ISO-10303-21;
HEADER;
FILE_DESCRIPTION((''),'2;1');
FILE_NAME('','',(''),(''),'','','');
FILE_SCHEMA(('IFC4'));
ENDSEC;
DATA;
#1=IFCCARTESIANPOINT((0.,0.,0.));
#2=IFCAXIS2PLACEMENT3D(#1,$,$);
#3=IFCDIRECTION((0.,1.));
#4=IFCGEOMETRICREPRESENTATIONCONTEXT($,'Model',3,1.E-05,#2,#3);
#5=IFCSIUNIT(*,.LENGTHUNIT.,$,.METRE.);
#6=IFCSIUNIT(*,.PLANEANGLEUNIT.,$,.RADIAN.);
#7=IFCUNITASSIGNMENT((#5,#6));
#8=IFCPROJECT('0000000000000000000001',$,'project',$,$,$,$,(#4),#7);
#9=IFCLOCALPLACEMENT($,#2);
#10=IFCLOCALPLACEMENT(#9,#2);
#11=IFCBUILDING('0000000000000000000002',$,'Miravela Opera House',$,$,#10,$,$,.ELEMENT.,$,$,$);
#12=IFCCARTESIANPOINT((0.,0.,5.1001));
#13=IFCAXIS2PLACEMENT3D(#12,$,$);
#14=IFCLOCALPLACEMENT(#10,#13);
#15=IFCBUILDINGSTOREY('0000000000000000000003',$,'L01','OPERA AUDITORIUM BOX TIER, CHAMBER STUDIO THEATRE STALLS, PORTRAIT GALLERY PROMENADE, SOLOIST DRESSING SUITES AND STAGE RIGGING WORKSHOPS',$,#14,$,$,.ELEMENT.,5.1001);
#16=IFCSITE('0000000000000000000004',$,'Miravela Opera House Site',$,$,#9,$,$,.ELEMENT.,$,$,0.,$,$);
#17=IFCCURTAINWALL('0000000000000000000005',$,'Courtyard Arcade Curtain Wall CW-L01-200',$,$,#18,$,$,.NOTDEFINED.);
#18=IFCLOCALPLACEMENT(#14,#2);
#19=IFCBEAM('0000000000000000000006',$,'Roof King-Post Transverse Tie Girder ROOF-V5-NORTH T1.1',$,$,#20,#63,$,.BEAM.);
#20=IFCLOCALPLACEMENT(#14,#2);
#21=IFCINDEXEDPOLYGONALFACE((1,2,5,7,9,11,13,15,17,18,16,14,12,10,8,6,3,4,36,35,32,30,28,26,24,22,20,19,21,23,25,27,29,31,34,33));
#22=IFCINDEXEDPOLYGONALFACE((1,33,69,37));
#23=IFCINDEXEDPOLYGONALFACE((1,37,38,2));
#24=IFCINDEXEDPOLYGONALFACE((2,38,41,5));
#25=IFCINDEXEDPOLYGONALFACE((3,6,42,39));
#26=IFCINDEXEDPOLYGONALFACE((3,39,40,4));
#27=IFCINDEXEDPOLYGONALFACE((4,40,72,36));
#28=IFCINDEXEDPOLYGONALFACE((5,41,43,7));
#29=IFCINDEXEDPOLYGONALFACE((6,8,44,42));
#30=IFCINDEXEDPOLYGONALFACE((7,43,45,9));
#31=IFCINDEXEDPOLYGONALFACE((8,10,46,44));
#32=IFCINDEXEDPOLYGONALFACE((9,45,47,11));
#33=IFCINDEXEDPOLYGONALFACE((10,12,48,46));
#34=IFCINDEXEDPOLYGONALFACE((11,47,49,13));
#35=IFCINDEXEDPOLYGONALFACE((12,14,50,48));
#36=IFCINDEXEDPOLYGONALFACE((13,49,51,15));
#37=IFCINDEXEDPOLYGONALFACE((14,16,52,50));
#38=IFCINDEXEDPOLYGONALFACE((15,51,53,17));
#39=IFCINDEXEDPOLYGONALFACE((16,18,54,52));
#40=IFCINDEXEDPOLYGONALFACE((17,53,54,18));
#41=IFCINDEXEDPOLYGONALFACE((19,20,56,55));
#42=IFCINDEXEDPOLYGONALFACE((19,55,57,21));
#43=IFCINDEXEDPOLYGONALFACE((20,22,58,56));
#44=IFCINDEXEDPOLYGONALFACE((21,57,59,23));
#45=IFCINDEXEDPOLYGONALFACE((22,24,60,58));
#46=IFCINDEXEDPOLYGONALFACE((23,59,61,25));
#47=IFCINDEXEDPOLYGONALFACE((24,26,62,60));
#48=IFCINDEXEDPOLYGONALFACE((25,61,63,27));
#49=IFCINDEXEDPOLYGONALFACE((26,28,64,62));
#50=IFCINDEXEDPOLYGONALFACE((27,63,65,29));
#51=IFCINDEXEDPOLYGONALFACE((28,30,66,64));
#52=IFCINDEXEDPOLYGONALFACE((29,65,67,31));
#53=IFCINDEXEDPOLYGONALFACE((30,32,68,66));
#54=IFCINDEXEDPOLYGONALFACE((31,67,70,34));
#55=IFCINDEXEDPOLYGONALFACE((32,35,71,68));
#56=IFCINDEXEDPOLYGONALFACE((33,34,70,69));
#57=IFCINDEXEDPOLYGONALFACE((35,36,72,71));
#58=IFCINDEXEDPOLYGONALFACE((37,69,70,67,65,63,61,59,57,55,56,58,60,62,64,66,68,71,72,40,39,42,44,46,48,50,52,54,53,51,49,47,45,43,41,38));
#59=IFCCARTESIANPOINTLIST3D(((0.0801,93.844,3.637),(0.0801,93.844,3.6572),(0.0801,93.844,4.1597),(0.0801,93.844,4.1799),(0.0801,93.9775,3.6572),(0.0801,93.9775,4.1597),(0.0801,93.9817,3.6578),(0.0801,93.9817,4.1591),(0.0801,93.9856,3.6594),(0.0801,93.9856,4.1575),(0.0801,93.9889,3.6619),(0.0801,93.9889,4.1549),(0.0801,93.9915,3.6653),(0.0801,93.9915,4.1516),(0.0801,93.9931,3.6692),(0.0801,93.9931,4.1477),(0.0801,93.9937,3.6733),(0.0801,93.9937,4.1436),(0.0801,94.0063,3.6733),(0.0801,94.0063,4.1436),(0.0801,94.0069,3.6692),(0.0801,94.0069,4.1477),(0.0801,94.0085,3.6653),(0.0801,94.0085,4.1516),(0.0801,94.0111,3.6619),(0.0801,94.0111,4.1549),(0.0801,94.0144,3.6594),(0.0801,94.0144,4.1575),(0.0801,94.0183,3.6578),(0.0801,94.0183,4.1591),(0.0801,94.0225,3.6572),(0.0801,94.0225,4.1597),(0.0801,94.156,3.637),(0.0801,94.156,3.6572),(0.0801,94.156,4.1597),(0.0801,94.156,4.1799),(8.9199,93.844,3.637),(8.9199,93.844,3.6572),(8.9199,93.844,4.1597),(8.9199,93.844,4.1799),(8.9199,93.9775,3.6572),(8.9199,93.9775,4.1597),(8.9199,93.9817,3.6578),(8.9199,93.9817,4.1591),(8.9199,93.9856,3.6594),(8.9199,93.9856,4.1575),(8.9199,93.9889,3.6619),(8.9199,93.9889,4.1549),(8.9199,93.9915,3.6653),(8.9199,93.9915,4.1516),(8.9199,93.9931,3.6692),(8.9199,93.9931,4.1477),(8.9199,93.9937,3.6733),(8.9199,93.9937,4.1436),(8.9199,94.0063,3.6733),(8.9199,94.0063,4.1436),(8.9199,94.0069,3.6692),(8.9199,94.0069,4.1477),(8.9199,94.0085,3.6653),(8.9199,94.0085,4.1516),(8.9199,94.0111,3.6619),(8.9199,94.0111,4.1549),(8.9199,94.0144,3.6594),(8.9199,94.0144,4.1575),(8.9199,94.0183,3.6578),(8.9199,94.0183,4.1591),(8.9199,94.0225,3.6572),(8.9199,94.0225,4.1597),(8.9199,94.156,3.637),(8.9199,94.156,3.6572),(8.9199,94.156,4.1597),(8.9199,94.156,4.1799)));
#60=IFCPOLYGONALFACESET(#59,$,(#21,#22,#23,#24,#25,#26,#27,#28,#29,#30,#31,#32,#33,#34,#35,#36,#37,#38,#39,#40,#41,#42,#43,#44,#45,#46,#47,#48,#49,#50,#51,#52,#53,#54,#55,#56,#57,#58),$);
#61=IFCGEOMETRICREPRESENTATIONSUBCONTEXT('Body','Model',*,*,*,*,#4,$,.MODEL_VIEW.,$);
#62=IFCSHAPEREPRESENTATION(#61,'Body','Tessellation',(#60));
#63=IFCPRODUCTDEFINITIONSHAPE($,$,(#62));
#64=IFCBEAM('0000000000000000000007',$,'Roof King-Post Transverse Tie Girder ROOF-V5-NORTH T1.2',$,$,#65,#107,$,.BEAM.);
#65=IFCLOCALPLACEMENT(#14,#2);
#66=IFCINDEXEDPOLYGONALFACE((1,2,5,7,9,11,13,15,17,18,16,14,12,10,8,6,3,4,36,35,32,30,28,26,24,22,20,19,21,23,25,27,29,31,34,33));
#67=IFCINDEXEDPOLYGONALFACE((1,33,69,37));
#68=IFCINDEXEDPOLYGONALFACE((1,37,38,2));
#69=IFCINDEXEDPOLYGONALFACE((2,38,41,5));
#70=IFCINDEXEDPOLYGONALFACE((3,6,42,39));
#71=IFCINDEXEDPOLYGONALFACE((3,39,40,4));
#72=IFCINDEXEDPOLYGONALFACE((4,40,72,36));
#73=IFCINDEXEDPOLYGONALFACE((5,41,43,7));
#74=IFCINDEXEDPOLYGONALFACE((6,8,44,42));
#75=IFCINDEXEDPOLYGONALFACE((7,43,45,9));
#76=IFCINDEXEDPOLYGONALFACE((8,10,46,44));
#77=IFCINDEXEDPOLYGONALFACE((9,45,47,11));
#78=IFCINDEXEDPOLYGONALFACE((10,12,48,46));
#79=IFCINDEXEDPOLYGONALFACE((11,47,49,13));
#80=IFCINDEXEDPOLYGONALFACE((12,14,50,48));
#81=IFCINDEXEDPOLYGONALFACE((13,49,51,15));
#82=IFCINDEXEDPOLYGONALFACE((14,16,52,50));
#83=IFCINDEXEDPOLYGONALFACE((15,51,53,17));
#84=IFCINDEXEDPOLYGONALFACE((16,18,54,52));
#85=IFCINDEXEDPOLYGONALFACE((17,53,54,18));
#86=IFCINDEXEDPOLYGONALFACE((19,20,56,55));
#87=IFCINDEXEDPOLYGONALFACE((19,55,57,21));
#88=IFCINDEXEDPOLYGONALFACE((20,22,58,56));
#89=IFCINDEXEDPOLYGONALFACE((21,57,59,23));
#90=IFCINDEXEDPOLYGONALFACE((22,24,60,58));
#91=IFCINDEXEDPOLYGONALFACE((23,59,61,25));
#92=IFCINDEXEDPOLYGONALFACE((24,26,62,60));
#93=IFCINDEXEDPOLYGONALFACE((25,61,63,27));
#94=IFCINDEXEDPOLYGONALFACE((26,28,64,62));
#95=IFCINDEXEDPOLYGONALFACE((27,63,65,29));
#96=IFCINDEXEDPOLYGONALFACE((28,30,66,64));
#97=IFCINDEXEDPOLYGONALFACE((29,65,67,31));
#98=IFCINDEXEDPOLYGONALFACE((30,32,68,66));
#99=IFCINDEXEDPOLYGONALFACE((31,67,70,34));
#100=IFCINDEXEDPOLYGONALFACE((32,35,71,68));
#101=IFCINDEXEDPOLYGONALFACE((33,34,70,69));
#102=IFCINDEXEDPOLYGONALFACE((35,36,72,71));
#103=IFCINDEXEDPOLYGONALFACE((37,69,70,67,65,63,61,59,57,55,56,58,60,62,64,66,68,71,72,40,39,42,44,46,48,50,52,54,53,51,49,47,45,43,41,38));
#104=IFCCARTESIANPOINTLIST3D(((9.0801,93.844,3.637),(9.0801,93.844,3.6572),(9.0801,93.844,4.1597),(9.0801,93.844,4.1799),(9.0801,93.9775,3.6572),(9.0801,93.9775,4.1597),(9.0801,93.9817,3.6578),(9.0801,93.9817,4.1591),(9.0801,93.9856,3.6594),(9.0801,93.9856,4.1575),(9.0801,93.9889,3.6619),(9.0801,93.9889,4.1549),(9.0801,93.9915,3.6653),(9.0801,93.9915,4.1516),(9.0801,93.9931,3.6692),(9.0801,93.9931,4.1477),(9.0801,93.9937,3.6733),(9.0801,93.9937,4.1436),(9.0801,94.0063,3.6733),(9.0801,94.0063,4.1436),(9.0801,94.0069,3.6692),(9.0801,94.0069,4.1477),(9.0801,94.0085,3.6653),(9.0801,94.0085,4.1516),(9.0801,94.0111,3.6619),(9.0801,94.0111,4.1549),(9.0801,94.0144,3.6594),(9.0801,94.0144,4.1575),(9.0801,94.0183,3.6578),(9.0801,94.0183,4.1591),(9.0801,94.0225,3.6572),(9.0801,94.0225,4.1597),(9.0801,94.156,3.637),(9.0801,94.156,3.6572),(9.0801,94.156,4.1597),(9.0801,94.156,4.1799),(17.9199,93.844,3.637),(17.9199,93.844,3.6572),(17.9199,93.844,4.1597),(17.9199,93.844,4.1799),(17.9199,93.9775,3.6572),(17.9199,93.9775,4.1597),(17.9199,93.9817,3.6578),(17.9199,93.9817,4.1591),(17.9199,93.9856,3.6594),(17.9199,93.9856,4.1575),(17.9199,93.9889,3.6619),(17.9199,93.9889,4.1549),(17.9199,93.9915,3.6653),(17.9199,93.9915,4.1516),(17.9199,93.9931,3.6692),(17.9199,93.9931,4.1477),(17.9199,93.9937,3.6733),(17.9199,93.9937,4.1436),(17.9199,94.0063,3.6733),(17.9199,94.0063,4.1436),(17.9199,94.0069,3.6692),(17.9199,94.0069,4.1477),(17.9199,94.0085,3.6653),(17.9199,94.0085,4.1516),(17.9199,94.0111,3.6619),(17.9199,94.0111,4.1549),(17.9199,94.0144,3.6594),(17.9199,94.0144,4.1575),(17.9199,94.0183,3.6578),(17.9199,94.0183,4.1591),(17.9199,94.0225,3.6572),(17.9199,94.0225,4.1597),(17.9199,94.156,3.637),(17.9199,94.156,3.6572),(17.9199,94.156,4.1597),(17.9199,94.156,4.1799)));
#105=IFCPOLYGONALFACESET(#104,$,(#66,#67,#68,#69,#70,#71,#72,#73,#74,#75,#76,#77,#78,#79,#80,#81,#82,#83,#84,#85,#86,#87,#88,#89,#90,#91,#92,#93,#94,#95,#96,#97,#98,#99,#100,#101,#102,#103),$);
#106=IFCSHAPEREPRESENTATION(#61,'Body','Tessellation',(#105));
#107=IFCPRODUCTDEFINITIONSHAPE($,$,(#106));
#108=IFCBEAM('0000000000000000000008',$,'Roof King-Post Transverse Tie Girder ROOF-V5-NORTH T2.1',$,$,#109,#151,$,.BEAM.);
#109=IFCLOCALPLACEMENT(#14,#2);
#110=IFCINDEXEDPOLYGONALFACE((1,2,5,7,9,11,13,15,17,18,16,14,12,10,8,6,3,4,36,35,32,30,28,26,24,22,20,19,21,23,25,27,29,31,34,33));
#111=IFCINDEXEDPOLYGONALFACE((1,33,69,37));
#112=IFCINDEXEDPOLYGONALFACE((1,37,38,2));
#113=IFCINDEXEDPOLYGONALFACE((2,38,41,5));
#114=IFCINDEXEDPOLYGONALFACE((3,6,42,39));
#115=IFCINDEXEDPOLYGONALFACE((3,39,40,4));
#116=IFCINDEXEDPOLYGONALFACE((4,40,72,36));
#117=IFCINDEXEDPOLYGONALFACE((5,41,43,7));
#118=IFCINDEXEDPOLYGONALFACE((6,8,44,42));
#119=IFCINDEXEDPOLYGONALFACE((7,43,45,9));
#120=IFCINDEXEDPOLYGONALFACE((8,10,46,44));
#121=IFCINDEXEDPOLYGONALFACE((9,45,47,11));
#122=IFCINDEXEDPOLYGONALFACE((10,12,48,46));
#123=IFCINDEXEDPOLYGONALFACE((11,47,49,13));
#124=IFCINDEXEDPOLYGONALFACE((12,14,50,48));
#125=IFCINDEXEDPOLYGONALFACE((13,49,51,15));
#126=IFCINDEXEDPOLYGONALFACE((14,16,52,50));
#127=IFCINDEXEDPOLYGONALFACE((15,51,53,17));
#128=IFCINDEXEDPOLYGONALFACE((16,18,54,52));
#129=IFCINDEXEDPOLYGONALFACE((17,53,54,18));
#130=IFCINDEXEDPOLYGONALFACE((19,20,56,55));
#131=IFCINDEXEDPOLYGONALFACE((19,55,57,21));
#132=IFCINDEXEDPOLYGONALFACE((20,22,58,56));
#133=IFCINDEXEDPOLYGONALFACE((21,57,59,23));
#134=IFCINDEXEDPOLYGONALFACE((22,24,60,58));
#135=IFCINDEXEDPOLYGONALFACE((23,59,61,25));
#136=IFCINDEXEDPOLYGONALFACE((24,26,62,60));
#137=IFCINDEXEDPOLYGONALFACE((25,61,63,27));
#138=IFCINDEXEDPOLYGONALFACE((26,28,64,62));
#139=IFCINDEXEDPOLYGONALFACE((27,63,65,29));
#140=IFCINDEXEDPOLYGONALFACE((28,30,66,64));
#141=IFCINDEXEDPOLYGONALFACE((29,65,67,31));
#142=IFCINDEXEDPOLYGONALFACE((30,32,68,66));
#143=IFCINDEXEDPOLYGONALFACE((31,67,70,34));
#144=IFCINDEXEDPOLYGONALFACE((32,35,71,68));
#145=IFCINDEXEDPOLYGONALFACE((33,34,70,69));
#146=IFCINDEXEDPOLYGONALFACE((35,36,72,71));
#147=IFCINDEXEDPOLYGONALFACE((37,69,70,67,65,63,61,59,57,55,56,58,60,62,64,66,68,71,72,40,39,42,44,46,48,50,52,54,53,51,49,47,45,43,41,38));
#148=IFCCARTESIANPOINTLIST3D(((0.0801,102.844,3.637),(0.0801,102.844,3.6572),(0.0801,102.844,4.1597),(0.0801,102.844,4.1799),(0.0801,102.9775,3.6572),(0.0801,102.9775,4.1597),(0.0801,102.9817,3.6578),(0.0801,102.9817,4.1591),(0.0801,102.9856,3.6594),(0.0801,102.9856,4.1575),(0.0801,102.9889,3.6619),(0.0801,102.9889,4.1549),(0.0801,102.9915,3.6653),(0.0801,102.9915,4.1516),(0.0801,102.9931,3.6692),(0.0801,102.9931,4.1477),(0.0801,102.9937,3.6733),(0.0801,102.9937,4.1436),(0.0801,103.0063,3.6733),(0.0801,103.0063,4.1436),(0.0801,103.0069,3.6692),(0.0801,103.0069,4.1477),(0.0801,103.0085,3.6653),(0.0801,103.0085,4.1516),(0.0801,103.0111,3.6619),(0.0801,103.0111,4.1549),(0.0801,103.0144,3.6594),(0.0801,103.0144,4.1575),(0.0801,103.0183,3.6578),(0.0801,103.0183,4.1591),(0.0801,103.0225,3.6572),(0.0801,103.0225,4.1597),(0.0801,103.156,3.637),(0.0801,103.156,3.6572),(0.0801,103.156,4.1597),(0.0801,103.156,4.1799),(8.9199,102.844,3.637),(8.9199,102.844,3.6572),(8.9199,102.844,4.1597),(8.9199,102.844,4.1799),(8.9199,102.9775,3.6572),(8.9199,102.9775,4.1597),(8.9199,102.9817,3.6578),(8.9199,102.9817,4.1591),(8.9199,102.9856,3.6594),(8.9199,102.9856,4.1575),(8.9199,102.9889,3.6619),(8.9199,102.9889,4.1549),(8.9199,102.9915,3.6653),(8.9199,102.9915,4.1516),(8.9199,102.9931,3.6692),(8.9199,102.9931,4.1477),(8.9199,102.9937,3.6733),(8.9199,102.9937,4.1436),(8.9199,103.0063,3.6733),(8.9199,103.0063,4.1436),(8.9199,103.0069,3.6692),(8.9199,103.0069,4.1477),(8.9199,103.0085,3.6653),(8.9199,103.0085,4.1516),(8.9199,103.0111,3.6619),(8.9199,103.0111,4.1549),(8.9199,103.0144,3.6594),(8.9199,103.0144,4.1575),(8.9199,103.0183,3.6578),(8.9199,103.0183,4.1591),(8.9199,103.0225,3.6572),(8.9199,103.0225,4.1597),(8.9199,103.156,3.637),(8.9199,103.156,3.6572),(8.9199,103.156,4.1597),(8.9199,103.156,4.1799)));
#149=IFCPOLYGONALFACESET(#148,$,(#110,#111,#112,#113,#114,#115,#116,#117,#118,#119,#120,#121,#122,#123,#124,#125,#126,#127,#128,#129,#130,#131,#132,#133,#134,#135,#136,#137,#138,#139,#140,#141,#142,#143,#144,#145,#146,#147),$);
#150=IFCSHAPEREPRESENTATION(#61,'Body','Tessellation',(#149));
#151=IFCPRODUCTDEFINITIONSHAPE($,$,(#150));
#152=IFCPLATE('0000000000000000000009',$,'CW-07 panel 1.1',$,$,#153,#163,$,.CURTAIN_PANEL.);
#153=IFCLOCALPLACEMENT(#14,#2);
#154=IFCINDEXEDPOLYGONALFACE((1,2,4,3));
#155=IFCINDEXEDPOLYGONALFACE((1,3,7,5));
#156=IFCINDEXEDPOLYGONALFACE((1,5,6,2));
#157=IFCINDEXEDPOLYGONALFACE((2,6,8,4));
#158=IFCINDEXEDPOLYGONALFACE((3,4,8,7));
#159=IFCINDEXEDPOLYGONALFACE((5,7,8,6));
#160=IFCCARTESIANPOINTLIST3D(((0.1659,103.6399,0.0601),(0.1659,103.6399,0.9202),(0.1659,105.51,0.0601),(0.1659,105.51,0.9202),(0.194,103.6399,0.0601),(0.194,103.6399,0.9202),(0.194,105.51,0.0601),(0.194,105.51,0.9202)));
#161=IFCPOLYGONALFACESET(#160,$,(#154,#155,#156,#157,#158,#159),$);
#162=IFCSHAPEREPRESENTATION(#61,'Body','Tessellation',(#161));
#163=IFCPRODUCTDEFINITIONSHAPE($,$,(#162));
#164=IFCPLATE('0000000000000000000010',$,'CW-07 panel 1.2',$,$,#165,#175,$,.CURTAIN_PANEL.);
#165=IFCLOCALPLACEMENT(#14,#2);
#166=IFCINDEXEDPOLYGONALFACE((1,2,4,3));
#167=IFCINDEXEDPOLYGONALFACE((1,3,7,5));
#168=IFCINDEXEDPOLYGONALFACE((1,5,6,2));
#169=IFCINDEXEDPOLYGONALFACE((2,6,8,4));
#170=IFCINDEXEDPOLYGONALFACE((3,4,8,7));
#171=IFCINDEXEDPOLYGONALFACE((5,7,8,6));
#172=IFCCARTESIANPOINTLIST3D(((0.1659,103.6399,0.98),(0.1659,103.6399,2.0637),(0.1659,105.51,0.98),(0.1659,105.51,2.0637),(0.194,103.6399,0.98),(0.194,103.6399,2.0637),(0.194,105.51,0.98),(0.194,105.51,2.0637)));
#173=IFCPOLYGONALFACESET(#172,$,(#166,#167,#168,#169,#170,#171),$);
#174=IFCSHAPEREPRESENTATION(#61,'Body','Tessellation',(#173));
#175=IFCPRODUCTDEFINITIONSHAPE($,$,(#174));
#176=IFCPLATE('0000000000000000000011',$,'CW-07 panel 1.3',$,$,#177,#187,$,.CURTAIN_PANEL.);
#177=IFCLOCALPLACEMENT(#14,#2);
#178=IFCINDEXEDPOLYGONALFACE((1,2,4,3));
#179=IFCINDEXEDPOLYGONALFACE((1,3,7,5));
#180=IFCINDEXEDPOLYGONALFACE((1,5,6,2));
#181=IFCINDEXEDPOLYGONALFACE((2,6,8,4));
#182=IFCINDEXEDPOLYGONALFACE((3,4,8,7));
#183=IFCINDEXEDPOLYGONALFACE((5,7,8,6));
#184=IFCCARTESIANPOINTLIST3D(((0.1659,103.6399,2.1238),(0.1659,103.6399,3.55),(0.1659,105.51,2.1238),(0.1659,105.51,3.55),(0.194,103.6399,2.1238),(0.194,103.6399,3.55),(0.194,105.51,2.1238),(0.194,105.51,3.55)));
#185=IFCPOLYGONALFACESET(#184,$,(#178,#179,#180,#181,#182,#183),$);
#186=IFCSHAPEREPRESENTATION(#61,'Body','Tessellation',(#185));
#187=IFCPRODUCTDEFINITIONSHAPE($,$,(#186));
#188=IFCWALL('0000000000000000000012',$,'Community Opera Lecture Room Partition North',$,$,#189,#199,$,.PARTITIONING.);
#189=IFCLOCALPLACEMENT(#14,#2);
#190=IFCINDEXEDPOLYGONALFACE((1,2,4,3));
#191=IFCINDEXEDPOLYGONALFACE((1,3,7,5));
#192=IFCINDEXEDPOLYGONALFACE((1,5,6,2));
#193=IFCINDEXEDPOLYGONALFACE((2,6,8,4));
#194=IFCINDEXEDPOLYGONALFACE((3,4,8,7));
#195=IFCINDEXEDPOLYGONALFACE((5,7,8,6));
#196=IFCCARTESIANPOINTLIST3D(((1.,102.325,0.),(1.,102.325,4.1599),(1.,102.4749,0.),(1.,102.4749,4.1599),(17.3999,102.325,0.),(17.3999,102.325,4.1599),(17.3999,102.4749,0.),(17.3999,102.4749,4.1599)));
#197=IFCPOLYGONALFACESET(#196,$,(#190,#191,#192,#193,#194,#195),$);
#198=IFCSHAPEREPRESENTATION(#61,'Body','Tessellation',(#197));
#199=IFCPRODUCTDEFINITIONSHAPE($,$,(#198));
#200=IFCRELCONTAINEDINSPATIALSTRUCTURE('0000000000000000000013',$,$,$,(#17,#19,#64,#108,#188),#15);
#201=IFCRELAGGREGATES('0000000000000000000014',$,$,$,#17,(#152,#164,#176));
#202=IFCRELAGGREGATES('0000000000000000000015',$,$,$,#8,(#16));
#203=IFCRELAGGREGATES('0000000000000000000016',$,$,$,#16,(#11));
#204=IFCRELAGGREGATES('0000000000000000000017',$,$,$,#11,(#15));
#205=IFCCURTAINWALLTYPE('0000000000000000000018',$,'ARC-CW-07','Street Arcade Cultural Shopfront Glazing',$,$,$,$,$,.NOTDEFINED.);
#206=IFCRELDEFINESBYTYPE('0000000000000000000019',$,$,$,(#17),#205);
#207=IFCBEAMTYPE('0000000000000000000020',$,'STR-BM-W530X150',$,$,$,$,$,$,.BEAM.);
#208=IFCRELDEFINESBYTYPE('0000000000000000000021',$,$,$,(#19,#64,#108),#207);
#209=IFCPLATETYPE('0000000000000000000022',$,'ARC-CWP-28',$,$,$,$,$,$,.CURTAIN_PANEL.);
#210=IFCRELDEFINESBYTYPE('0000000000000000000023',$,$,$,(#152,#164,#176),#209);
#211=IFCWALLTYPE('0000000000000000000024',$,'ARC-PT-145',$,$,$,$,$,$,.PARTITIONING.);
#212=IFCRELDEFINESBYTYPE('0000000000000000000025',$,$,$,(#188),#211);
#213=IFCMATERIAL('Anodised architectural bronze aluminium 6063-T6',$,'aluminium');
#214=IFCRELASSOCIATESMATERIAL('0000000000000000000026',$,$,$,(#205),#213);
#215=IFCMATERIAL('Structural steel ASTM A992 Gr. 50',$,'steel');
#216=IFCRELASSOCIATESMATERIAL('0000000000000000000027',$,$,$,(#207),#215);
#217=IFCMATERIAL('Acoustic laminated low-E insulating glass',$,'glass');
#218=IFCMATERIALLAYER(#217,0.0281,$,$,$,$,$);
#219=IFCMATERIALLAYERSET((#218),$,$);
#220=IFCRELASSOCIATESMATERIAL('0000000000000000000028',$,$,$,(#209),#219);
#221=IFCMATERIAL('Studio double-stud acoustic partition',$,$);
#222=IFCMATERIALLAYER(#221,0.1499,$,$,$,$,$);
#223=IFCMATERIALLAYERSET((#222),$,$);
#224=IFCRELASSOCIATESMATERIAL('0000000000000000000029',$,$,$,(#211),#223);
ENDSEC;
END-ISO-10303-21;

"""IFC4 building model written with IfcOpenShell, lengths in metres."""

from ifc_helpers import new_model, si_unit, direction, frame, frame_2d, origin, origin_2d, place, context, subcontext, project, spatial, rectangle, i_section, extrude, material, layer, layer_set, material_profile, profile_set, type_object, element, aggregate, save


model = new_model("IFC4")

# Units and contexts
model_context = context("Model", 3, precision=1e-05, world=origin(), true_north=direction((0.0, 1.0)))
body_context = subcontext(model_context, "Body", "Model", "MODEL_VIEW")
ifc_project = project(units=[si_unit("LENGTHUNIT", "METRE"), si_unit("PLANEANGLEUNIT", "RADIAN")], contexts=[model_context])

# Site, building, storey
site_placement = place(None, origin())
site = spatial("IfcSite", under=ifc_project, at=site_placement, Name="Miravela Opera House Site", CompositionType="ELEMENT", RefElevation=0.0)
building_placement = place(site_placement, origin())
building = spatial("IfcBuilding", under=site, at=building_placement, Name="Miravela Opera House", CompositionType="ELEMENT")
storey_placement = place(building_placement, frame((0.0, 0.0, 5.1001)))
storey = spatial("IfcBuildingStorey", under=building, at=storey_placement, Name="L01", Description="OPERA AUDITORIUM BOX TIER, CHAMBER STUDIO THEATRE STALLS, PORTRAIT GALLERY PROMENADE, SOLOIST DRESSING SUITES AND STAGE RIGGING WORKSHOPS", CompositionType="ELEMENT", Elevation=5.1001)

# Shared definitions
ifc_material_1 = material(Name="Anodised architectural bronze aluminium 6063-T6", Category="aluminium")
curtain_wall_type = type_object("IfcCurtainWallType", Name="ARC-CW-07", Description="Street Arcade Cultural Shopfront Glazing", PredefinedType="NOTDEFINED", material=ifc_material_1)

# Curtain wall
curtain_wall_1_placement = place(storey_placement, origin())
curtain_wall_1 = element("IfcCurtainWall", 1, at=curtain_wall_1_placement, inside=storey, type_object=curtain_wall_type, Name="Courtyard Arcade Curtain Wall CW-L01-200", PredefinedType="NOTDEFINED")

# Beams
ifc_material_2 = material(Name="Structural steel ASTM A992 Gr. 50", Category="steel")
ifc_material_profile_1 = material_profile(ifc_material_2, i_section(OverallWidth=0.312, OverallDepth=0.543, WebThickness=0.0127, FlangeThickness=0.0203, FilletRadius=0.0161, at=origin_2d()), Name="W530X150")
ifc_profile_set_1 = profile_set([ifc_material_profile_1])
beam_type = type_object("IfcBeamType", Name="STR-BM-W530X150", PredefinedType="BEAM", material=ifc_profile_set_1)
for number, where, z_axis, x_axis, name in (
    (2, (0.0801, 94.0, 3.9084), (1.0, 0.0, 0.0), (0.0, 1.0, 0.0), "Roof King-Post Transverse Tie Girder ROOF-V5-NORTH T1.1"),
    (3, (9.0801, 94.0, 3.9084), (1.0, 0.0, 0.0), (0.0, 1.0, 0.0), "Roof King-Post Transverse Tie Girder ROOF-V5-NORTH T1.2"),
    (4, (0.0801, 103.0, 3.9084), (1.0, 0.0, 0.0), (0.0, 1.0, 0.0), "Roof King-Post Transverse Tie Girder ROOF-V5-NORTH T2.1"),
):
    element("IfcBeam", number, at=place(storey_placement, frame(where, z_axis=z_axis, x_axis=x_axis)), inside=storey, type_object=beam_type, Name=name, PredefinedType="BEAM", context=body_context, shape_type="SweptSolid", body=[
        extrude(i_section(OverallWidth=0.312, OverallDepth=0.543, WebThickness=0.0127, FlangeThickness=0.0203, FilletRadius=0.0161, at=origin_2d()), origin(), (0.0, 0.0, 1.0), 8.8398),
    ])

# Plates
ifc_material_3 = material(Name="Acoustic laminated low-E insulating glass", Category="glass")
ifc_layer_1 = layer(ifc_material_3, 0.0281)
ifc_layer_set_1 = layer_set([ifc_layer_1])
plate_type = type_object("IfcPlateType", Name="ARC-CWP-28", PredefinedType="CURTAIN_PANEL", material=ifc_layer_set_1)
plate_1_placement = place(storey_placement, frame((0.1799, 104.575, 0.0601), z_axis=(0.0, 0.0, 1.0), x_axis=(0.0, 1.0, 0.0)))
plate_1 = element("IfcPlate", 5, at=plate_1_placement, type_object=plate_type, Name="CW-07 panel 1.1", PredefinedType="CURTAIN_PANEL", context=body_context, shape_type="SweptSolid", body=[
    extrude(rectangle(XDim=1.8701, YDim=0.0281, at=origin_2d()), origin(), (0.0, 0.0, 1.0), 0.8601),
])
plate_2_placement = place(storey_placement, frame((0.1799, 104.575, 0.98), z_axis=(0.0, 0.0, 1.0), x_axis=(0.0, 1.0, 0.0)))
plate_2 = element("IfcPlate", 6, at=plate_2_placement, type_object=plate_type, Name="CW-07 panel 1.2", PredefinedType="CURTAIN_PANEL", context=body_context, shape_type="SweptSolid", body=[
    extrude(rectangle(XDim=1.8701, YDim=0.0281, at=origin_2d()), origin(), (0.0, 0.0, 1.0), 1.0837),
])
plate_3_placement = place(storey_placement, frame((0.1799, 104.575, 2.1238), z_axis=(0.0, 0.0, 1.0), x_axis=(0.0, 1.0, 0.0)))
plate_3 = element("IfcPlate", 7, at=plate_3_placement, type_object=plate_type, Name="CW-07 panel 1.3", PredefinedType="CURTAIN_PANEL", context=body_context, shape_type="SweptSolid", body=[
    extrude(rectangle(XDim=1.8701, YDim=0.0281, at=origin_2d()), origin(), (0.0, 0.0, 1.0), 1.4263),
])
aggregate(curtain_wall_1, [plate_1, plate_2, plate_3])

# Wall
ifc_material_4 = material(Name="Studio double-stud acoustic partition")
ifc_layer_2 = layer(ifc_material_4, 0.1499)
ifc_layer_set_2 = layer_set([ifc_layer_2])
wall_type = type_object("IfcWallType", Name="ARC-PT-145", PredefinedType="PARTITIONING", material=ifc_layer_set_2)
wall_placement = place(storey_placement, frame((1.0, 102.3999, 0.0), z_axis=(0.0, 0.0, 1.0), x_axis=(1.0, 0.0, 0.0)))
element("IfcWall", 8, at=wall_placement, inside=storey, type_object=wall_type, Name="Community Opera Lecture Room Partition North", PredefinedType="PARTITIONING", context=body_context, shape_type="SweptSolid", body=[
    extrude(rectangle(XDim=16.3999, YDim=0.1499, at=frame_2d((8.2, 0.0))), origin(), (0.0, 0.0, 1.0), 4.1599),
])

save(model, "model.ifc")
